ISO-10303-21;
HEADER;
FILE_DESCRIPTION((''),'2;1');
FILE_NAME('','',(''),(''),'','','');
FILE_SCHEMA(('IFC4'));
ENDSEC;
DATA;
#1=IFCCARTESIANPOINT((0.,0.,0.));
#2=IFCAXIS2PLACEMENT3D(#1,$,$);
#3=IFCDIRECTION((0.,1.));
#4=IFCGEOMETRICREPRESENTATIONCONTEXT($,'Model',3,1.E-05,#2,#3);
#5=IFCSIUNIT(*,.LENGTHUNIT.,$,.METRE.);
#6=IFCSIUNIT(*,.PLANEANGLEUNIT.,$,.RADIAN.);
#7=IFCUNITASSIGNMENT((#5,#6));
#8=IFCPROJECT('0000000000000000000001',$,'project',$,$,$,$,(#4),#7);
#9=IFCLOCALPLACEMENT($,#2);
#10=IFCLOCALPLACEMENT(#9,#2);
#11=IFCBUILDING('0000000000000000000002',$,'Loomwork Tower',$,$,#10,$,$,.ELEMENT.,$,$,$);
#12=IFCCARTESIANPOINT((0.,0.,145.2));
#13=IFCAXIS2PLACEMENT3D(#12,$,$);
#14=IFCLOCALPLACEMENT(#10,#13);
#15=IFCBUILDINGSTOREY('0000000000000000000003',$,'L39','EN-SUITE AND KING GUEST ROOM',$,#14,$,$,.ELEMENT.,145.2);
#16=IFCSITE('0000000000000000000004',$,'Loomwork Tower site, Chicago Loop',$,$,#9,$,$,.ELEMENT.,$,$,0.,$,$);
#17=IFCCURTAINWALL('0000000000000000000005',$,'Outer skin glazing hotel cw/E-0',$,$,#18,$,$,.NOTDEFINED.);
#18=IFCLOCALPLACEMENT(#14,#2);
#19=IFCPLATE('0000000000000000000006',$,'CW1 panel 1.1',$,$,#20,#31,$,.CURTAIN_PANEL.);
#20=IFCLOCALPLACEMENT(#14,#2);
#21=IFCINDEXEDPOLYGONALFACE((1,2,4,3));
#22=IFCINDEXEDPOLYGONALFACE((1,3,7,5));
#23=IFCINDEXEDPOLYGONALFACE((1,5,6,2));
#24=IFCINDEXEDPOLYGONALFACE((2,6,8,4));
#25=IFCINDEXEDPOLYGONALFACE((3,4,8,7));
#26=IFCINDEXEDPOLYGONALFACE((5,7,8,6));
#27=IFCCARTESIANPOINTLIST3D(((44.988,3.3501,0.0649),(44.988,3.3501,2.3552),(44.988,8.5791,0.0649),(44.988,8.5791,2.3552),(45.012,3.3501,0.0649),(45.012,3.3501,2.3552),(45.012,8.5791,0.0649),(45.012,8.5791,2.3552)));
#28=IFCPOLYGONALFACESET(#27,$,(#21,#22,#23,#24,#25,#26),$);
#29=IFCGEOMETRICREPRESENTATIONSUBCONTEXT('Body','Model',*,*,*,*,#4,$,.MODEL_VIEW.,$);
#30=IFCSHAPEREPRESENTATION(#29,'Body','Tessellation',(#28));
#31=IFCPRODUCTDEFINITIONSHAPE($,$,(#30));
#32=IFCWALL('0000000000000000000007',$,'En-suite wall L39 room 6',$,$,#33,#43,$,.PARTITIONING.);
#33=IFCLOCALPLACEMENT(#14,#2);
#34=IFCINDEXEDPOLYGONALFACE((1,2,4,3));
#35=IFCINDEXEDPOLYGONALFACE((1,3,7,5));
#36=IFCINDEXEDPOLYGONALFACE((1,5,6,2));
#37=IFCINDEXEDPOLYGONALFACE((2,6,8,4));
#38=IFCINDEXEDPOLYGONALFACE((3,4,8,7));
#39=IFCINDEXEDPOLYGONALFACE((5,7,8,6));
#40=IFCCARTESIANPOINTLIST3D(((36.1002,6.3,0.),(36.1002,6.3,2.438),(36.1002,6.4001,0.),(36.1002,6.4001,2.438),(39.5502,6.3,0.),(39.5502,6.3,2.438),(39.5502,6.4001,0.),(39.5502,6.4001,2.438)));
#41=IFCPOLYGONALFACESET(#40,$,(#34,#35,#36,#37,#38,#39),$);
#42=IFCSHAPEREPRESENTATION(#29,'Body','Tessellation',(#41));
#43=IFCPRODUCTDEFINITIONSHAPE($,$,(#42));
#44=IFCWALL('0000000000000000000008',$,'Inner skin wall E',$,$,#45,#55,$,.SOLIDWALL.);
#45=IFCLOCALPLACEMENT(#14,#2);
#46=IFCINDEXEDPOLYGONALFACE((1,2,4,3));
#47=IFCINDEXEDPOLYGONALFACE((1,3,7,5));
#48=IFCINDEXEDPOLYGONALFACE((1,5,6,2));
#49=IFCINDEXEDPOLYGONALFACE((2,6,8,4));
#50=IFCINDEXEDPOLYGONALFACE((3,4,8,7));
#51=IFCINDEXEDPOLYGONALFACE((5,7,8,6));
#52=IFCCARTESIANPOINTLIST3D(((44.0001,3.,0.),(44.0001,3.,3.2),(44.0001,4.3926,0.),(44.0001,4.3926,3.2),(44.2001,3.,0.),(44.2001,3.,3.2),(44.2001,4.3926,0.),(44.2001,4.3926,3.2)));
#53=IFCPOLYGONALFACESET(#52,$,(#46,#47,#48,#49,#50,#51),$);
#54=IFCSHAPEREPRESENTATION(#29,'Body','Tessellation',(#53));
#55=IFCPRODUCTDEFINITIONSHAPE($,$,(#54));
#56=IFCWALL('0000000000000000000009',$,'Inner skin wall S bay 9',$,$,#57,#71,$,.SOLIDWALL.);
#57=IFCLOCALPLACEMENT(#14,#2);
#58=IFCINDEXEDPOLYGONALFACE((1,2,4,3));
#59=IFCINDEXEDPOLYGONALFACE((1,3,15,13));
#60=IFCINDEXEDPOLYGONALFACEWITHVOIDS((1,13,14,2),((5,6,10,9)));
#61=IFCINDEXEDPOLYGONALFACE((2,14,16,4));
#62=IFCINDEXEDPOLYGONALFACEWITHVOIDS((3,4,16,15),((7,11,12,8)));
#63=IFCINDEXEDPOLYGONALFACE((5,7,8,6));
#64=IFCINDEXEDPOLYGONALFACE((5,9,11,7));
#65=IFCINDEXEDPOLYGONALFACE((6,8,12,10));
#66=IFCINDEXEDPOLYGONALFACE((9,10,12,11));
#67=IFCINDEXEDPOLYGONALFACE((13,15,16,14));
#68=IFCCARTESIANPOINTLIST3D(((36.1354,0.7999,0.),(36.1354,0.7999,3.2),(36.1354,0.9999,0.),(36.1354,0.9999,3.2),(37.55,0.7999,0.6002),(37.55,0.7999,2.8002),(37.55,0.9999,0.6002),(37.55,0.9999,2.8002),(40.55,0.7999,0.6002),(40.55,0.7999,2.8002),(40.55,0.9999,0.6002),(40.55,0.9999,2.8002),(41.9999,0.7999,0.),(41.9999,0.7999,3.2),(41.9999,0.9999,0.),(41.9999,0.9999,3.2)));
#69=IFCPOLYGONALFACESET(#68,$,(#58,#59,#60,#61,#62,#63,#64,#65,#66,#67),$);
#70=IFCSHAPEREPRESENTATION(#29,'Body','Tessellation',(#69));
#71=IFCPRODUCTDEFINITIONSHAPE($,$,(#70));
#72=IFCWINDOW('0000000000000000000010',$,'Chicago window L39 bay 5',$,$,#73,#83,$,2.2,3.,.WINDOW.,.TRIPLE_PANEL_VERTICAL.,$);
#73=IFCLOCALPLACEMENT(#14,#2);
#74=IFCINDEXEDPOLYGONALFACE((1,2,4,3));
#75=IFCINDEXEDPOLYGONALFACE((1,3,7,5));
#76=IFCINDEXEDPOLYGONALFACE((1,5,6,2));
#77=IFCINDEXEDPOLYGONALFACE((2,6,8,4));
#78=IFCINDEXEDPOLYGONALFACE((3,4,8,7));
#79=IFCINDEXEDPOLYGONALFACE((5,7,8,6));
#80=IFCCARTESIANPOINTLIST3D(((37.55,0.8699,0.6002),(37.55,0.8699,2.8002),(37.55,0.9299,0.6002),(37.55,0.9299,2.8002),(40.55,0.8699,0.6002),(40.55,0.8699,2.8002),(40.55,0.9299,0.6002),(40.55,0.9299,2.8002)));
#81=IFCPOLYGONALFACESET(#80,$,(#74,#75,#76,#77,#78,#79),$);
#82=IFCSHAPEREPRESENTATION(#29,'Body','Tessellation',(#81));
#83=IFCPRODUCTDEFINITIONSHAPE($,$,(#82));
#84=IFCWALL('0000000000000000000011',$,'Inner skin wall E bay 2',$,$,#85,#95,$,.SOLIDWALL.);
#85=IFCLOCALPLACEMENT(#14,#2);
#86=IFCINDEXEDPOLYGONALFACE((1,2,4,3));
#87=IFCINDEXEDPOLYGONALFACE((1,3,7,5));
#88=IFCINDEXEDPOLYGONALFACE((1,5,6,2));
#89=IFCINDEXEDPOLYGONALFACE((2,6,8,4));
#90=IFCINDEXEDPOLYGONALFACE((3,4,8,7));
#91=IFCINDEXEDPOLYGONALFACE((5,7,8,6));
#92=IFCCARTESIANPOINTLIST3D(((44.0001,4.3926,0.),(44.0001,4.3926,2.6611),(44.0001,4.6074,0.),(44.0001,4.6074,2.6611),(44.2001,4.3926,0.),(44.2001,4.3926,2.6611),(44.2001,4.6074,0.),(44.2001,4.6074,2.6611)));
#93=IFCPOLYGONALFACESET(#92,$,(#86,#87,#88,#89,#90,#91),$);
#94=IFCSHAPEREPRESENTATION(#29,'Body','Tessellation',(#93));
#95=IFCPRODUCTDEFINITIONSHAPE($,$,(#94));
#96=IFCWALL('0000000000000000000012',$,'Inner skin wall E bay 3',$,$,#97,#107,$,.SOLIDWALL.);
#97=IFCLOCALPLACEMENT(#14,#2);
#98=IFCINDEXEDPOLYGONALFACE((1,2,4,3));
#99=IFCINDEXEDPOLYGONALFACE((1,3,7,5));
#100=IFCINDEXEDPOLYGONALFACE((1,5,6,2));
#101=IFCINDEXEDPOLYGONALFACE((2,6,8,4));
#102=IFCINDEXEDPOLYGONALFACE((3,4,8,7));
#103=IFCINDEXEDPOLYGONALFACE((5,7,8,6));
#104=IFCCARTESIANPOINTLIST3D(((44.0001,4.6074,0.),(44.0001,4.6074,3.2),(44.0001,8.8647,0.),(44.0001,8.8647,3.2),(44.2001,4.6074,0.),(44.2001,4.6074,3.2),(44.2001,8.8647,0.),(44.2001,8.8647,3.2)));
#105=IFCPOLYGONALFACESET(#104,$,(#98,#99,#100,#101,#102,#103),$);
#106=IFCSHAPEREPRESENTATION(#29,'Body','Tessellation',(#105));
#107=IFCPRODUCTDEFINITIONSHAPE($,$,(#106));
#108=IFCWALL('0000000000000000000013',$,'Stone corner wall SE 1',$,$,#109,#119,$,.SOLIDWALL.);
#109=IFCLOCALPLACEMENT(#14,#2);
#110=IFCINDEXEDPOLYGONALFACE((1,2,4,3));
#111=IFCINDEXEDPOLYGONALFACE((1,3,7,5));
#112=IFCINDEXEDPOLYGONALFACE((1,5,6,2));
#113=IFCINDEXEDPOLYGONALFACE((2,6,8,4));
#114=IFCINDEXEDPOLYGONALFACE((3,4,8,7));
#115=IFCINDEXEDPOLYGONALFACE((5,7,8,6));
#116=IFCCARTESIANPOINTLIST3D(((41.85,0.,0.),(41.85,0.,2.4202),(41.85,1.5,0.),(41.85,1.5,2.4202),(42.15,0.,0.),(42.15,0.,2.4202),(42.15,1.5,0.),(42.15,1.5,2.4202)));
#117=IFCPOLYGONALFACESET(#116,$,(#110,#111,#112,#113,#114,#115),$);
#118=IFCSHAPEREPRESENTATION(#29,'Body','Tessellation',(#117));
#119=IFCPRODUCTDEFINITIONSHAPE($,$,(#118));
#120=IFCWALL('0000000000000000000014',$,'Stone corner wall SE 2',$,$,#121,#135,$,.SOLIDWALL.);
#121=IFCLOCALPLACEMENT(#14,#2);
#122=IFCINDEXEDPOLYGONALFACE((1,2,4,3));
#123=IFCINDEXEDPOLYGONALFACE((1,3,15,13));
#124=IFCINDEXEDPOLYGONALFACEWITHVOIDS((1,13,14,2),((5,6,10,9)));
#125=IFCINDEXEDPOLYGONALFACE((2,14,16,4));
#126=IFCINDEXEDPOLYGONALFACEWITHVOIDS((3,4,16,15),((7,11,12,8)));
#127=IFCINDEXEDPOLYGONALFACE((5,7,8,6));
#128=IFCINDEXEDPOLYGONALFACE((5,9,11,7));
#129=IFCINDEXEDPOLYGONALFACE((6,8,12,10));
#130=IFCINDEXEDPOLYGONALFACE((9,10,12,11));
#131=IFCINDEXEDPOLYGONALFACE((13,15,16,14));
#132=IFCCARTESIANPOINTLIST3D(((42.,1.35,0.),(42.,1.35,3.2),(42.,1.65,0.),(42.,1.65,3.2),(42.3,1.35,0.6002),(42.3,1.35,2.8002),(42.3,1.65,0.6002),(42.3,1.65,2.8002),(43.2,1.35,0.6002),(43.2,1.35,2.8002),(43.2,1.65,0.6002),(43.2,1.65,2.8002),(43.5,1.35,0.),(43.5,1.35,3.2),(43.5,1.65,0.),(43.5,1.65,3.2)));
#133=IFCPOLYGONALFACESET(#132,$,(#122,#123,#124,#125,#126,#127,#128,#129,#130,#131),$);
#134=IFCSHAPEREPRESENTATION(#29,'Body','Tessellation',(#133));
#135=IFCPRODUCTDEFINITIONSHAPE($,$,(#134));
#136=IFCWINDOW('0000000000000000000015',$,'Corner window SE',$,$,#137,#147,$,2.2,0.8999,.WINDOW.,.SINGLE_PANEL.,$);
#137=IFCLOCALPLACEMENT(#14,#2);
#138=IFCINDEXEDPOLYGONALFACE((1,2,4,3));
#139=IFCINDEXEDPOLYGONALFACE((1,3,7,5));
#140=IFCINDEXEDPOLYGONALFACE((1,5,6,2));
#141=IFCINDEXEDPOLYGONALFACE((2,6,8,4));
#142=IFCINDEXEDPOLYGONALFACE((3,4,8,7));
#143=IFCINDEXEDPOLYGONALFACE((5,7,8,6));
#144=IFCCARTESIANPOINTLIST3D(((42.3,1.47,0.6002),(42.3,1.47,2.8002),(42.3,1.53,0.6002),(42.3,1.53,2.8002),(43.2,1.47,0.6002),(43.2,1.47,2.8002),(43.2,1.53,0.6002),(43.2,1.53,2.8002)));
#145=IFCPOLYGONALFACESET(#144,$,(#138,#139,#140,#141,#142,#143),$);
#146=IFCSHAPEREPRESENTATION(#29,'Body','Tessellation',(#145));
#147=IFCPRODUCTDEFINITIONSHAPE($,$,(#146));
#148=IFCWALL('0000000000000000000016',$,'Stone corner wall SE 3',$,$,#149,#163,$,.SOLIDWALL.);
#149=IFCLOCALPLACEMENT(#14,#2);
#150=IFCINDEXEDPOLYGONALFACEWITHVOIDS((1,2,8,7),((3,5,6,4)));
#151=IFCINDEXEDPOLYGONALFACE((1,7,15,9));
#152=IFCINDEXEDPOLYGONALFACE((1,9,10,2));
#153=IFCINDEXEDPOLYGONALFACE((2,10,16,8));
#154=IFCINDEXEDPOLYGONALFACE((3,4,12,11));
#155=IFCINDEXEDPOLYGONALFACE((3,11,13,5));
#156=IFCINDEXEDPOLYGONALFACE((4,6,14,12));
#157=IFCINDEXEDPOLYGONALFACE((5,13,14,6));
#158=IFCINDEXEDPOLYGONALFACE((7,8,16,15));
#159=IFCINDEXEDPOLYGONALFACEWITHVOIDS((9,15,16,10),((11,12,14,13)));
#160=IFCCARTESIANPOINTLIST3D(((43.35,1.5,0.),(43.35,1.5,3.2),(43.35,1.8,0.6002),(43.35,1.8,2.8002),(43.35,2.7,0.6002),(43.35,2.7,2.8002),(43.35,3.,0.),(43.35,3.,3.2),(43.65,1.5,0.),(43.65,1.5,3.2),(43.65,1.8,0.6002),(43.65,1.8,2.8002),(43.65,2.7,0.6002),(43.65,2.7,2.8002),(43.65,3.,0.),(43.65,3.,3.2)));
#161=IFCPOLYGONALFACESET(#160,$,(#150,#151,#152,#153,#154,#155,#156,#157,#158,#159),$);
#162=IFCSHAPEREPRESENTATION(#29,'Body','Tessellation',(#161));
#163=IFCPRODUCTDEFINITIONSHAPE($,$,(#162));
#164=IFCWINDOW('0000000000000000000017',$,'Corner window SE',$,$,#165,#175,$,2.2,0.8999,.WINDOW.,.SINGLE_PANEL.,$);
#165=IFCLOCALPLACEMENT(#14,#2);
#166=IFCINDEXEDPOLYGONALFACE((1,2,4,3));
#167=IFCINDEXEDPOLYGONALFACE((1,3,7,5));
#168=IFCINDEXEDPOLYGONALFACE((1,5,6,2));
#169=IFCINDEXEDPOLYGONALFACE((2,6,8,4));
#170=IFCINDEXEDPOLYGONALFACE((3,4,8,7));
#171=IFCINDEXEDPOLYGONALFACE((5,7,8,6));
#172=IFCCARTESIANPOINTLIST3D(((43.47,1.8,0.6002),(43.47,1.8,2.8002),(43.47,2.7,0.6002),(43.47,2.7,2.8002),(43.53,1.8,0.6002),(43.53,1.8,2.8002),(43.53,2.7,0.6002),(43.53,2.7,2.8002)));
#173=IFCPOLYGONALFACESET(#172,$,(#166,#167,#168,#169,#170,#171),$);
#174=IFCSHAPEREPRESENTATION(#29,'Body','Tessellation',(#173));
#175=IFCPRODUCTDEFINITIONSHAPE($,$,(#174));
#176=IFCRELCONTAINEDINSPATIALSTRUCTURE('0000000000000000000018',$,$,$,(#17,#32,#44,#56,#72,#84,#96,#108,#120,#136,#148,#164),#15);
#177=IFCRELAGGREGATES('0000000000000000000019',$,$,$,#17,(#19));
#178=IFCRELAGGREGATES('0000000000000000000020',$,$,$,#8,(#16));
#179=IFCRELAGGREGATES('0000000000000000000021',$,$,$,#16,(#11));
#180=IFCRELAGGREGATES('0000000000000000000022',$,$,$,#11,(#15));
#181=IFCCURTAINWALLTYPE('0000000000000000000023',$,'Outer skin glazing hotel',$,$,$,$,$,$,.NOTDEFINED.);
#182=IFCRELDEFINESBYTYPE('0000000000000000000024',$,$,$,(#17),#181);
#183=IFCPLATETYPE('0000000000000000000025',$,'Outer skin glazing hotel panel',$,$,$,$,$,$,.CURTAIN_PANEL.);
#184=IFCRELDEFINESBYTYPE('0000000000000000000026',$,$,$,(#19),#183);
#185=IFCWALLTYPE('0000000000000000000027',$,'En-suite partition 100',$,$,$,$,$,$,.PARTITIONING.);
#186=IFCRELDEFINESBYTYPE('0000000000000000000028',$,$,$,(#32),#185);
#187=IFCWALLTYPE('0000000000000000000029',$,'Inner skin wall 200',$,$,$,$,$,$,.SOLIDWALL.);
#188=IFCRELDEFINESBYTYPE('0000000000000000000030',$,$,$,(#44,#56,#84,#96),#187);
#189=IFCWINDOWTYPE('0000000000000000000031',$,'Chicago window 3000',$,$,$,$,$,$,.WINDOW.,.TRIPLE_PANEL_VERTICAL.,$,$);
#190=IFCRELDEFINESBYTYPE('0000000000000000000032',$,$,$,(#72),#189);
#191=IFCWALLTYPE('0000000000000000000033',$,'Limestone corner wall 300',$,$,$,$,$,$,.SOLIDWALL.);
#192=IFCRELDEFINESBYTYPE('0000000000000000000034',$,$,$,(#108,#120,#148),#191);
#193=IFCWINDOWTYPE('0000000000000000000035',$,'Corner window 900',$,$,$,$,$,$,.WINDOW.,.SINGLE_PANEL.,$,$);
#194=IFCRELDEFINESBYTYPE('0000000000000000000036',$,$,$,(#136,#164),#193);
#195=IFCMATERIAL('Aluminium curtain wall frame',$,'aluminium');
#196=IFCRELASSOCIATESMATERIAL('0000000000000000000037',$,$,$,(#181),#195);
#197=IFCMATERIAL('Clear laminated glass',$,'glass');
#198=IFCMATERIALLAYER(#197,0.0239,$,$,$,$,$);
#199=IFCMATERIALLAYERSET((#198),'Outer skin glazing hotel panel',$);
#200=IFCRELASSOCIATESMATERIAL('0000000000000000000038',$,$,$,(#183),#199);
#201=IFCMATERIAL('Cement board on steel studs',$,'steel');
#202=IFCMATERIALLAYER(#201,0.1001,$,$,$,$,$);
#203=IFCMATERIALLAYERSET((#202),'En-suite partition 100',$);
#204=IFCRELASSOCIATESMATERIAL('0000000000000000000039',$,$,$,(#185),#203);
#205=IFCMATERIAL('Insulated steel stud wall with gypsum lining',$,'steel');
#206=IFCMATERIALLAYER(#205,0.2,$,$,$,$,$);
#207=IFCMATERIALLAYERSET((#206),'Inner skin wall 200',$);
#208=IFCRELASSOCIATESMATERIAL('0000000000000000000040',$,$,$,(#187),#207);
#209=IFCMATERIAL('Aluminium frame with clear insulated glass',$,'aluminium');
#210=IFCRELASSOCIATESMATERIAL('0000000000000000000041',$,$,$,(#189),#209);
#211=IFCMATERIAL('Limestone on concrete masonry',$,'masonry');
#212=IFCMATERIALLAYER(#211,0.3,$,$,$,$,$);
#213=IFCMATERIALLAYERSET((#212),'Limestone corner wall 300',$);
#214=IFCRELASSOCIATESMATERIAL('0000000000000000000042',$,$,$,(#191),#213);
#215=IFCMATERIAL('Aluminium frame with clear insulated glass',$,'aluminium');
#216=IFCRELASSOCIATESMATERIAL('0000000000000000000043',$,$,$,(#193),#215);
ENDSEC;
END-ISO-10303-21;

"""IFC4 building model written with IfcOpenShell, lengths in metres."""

from ifc_helpers import new_model, si_unit, direction, frame, frame_2d, origin, origin_2d, place, context, subcontext, project, spatial, rectangle, extrude, material, layer, layer_set, type_object, element, fill, aggregate, save


model = new_model("IFC4")

# Units and contexts
model_context = context("Model", 3, precision=1e-05, world=origin(), true_north=direction((0.0, 1.0)))
body_context = subcontext(model_context, "Body", "Model", "MODEL_VIEW")
ifc_project = project(units=[si_unit("LENGTHUNIT", "METRE"), si_unit("PLANEANGLEUNIT", "RADIAN")], contexts=[model_context])

# Site, building, storey
site_placement = place(None, origin())
site = spatial("IfcSite", under=ifc_project, at=site_placement, Name="Loomwork Tower site, Chicago Loop", CompositionType="ELEMENT", RefElevation=0.0)
building_placement = place(site_placement, origin())
building = spatial("IfcBuilding", under=site, at=building_placement, Name="Loomwork Tower", CompositionType="ELEMENT")
storey_placement = place(building_placement, frame((0.0, 0.0, 145.2)))
storey = spatial("IfcBuildingStorey", under=building, at=storey_placement, Name="L39", Description="EN-SUITE AND KING GUEST ROOM", CompositionType="ELEMENT", Elevation=145.2)

# Curtain wall
ifc_material_1 = material(Name="Aluminium curtain wall frame", Category="aluminium")
curtain_wall_type = type_object("IfcCurtainWallType", Name="Outer skin glazing hotel", PredefinedType="NOTDEFINED", material=ifc_material_1)
curtain_wall_1_placement = place(storey_placement, origin())
curtain_wall_1 = element("IfcCurtainWall", 1, at=curtain_wall_1_placement, inside=storey, type_object=curtain_wall_type, Name="Outer skin glazing hotel cw/E-0", PredefinedType="NOTDEFINED")

# Plate
ifc_material_2 = material(Name="Clear laminated glass", Category="glass")
ifc_layer_1 = layer(ifc_material_2, 0.0239)
ifc_layer_set_1 = layer_set([ifc_layer_1], Name="Outer skin glazing hotel panel")
plate_type = type_object("IfcPlateType", Name="Outer skin glazing hotel panel", PredefinedType="CURTAIN_PANEL", material=ifc_layer_set_1)
plate_1_placement = place(storey_placement, frame((45.0, 5.9646, 0.0649), z_axis=(0.0, 0.0, 1.0), x_axis=(0.0, 1.0, 0.0)))
plate_1 = element("IfcPlate", 2, at=plate_1_placement, type_object=plate_type, Name="CW1 panel 1.1", PredefinedType="CURTAIN_PANEL", context=body_context, shape_type="SweptSolid", body=[
    extrude(rectangle(XDim=5.229, YDim=0.0239, at=origin_2d()), origin(), (0.0, 0.0, 1.0), 2.2903),
])
aggregate(curtain_wall_1, [plate_1])

# Walls
ifc_material_3 = material(Name="Cement board on steel studs", Category="steel")
ifc_layer_2 = layer(ifc_material_3, 0.1001)
ifc_layer_set_2 = layer_set([ifc_layer_2], Name="En-suite partition 100")
wall_type_1 = type_object("IfcWallType", Name="En-suite partition 100", PredefinedType="PARTITIONING", material=ifc_layer_set_2)
wall_1_placement = place(storey_placement, frame((36.1001, 6.3501, 0.0), z_axis=(0.0, 0.0, 1.0), x_axis=(1.0, 0.0, 0.0)))
element("IfcWall", 3, at=wall_1_placement, inside=storey, type_object=wall_type_1, Name="En-suite wall L39 room 6", PredefinedType="PARTITIONING", context=body_context, shape_type="SweptSolid", body=[
    extrude(rectangle(XDim=3.45, YDim=0.1001, at=frame_2d((1.7251, 0.0))), origin(), (0.0, 0.0, 1.0), 2.438),
])
ifc_material_4 = material(Name="Insulated steel stud wall with gypsum lining", Category="steel")
ifc_layer_3 = layer(ifc_material_4, 0.2)
ifc_layer_set_3 = layer_set([ifc_layer_3], Name="Inner skin wall 200")
wall_type_2 = type_object("IfcWallType", Name="Inner skin wall 200", PredefinedType="SOLIDWALL", material=ifc_layer_set_3)
wall_2_placement = place(storey_placement, frame((44.1001, 3.0, 0.0), z_axis=(0.0, 0.0, 1.0), x_axis=(0.0, 1.0, 0.0)))
element("IfcWall", 4, at=wall_2_placement, inside=storey, type_object=wall_type_2, Name="Inner skin wall E", PredefinedType="SOLIDWALL", context=body_context, shape_type="SweptSolid", body=[
    extrude(rectangle(XDim=1.3926, YDim=0.2, at=frame_2d((0.6963, 0.0))), origin(), (0.0, 0.0, 1.0), 3.2),
])

# Wall, opening, window
wall_3_placement = place(storey_placement, frame((36.1355, 0.8999, 0.0), z_axis=(0.0, 0.0, 1.0), x_axis=(1.0, 0.0, 0.0)))
wall_3 = element("IfcWall", 5, at=wall_3_placement, inside=storey, type_object=wall_type_2, Name="Inner skin wall S bay 9", PredefinedType="SOLIDWALL", context=body_context, shape_type="SweptSolid", body=[
    extrude(rectangle(XDim=5.8645, YDim=0.2, at=frame_2d((2.9321, 0.0))), origin(), (0.0, 0.0, 1.0), 3.2),
])
opening_1_placement = place(wall_3_placement, frame((1.4146, 0.0, 0.6001)))
opening_1 = element("IfcOpeningElement", 6, at=opening_1_placement, cuts=wall_3, PredefinedType="OPENING", context=body_context, shape_type="SweptSolid", body=[
    extrude(rectangle(XDim=3.0, YDim=2.2, at=frame_2d((1.5, 1.1001))), frame((0.0, 0.1099, 0.0), z_axis=(0.0, -1.0, 0.0), x_axis=(1.0, 0.0, 0.0)), (0.0, 0.0, 1.0), 0.22),
])
ifc_material_5 = material(Name="Aluminium frame with clear insulated glass", Category="aluminium")
window_type_1 = type_object("IfcWindowType", Name="Chicago window 3000", PartitioningType="TRIPLE_PANEL_VERTICAL", PredefinedType="WINDOW", material=ifc_material_5)
window_1_placement = place(opening_1_placement, origin())
window_1 = element("IfcWindow", 7, at=window_1_placement, inside=storey, type_object=window_type_1, Name="Chicago window L39 bay 5", OverallHeight=2.2, OverallWidth=3.0, PartitioningType="TRIPLE_PANEL_VERTICAL", PredefinedType="WINDOW", context=body_context, shape_type="SweptSolid", body=[
    extrude(rectangle(XDim=3.0, YDim=2.2, at=frame_2d((1.5, 1.1001))), frame((0.0, 0.03, 0.0), z_axis=(0.0, -1.0, 0.0), x_axis=(1.0, 0.0, 0.0)), (0.0, 0.0, 1.0), 0.0601),
])
fill(opening_1, window_1)

# Walls
wall_4_placement = place(storey_placement, frame((44.1001, 4.3926, 0.0), z_axis=(0.0, 0.0, 1.0), x_axis=(0.0, 1.0, 0.0)))
element("IfcWall", 8, at=wall_4_placement, inside=storey, type_object=wall_type_2, Name="Inner skin wall E bay 2", PredefinedType="SOLIDWALL", context=body_context, shape_type="SweptSolid", body=[
    extrude(rectangle(XDim=0.2148, YDim=0.2, at=frame_2d((0.1074, 0.0))), origin(), (0.0, 0.0, 1.0), 2.6611),
])
wall_5_placement = place(storey_placement, frame((44.1001, 4.6074, 0.0), z_axis=(0.0, 0.0, 1.0), x_axis=(0.0, 1.0, 0.0)))
element("IfcWall", 9, at=wall_5_placement, inside=storey, type_object=wall_type_2, Name="Inner skin wall E bay 3", PredefinedType="SOLIDWALL", context=body_context, shape_type="SweptSolid", body=[
    extrude(rectangle(XDim=4.2573, YDim=0.2, at=frame_2d((2.1287, 0.0))), origin(), (0.0, 0.0, 1.0), 3.2),
])
ifc_material_6 = material(Name="Limestone on concrete masonry", Category="masonry")
ifc_layer_4 = layer(ifc_material_6, 0.3)
ifc_layer_set_4 = layer_set([ifc_layer_4], Name="Limestone corner wall 300")
wall_type_3 = type_object("IfcWallType", Name="Limestone corner wall 300", PredefinedType="SOLIDWALL", material=ifc_layer_set_4)
wall_6_placement = place(storey_placement, frame((42.0, 0.0, 0.0), z_axis=(0.0, 0.0, 1.0), x_axis=(0.0, 1.0, 0.0)))
element("IfcWall", 10, at=wall_6_placement, inside=storey, type_object=wall_type_3, Name="Stone corner wall SE 1", PredefinedType="SOLIDWALL", context=body_context, shape_type="SweptSolid", body=[
    extrude(rectangle(XDim=1.5, YDim=0.3, at=frame_2d((0.75, 0.0))), origin(), (0.0, 0.0, 1.0), 2.4202),
])

# Walls, openings, windows
wall_7_placement = place(storey_placement, frame((42.0, 1.5, 0.0), z_axis=(0.0, 0.0, 1.0), x_axis=(1.0, 0.0, 0.0)))
wall_7 = element("IfcWall", 11, at=wall_7_placement, inside=storey, type_object=wall_type_3, Name="Stone corner wall SE 2", PredefinedType="SOLIDWALL", context=body_context, shape_type="SweptSolid", body=[
    extrude(rectangle(XDim=1.5, YDim=0.3, at=frame_2d((0.75, 0.0))), origin(), (0.0, 0.0, 1.0), 3.2),
])
opening_2_placement = place(wall_7_placement, frame((0.3, 0.0, 0.6001)))
opening_2 = element("IfcOpeningElement", 12, at=opening_2_placement, cuts=wall_7, PredefinedType="OPENING", context=body_context, shape_type="SweptSolid", body=[
    extrude(rectangle(XDim=0.8999, YDim=2.2, at=frame_2d((0.45, 1.1001))), frame((0.0, 0.1599, 0.0), z_axis=(0.0, -1.0, 0.0), x_axis=(1.0, 0.0, 0.0)), (0.0, 0.0, 1.0), 0.3201),
])
ifc_material_7 = material(Name="Aluminium frame with clear insulated glass", Category="aluminium")
window_type_2 = type_object("IfcWindowType", Name="Corner window 900", PartitioningType="SINGLE_PANEL", PredefinedType="WINDOW", material=ifc_material_7)
window_2_placement = place(opening_2_placement, origin())
window_2 = element("IfcWindow", 13, at=window_2_placement, inside=storey, type_object=window_type_2, Name="Corner window SE", OverallHeight=2.2, OverallWidth=0.8999, PartitioningType="SINGLE_PANEL", PredefinedType="WINDOW", context=body_context, shape_type="SweptSolid", body=[
    extrude(rectangle(XDim=0.8999, YDim=2.2, at=frame_2d((0.45, 1.1001))), frame((0.0, 0.03, 0.0), z_axis=(0.0, -1.0, 0.0), x_axis=(1.0, 0.0, 0.0)), (0.0, 0.0, 1.0), 0.0601),
])
fill(opening_2, window_2)
wall_8_placement = place(storey_placement, frame((43.5, 1.5, 0.0), z_axis=(0.0, 0.0, 1.0), x_axis=(0.0, 1.0, 0.0)))
wall_8 = element("IfcWall", 14, at=wall_8_placement, inside=storey, type_object=wall_type_3, Name="Stone corner wall SE 3", PredefinedType="SOLIDWALL", context=body_context, shape_type="SweptSolid", body=[
    extrude(rectangle(XDim=1.5, YDim=0.3, at=frame_2d((0.75, 0.0))), origin(), (0.0, 0.0, 1.0), 3.2),
])
opening_3_placement = place(wall_8_placement, frame((0.3, 0.0, 0.6001)))
opening_3 = element("IfcOpeningElement", 15, at=opening_3_placement, cuts=wall_8, PredefinedType="OPENING", context=body_context, shape_type="SweptSolid", body=[
    extrude(rectangle(XDim=0.8999, YDim=2.2, at=frame_2d((0.45, 1.1001))), frame((0.0, 0.1599, 0.0), z_axis=(0.0, -1.0, 0.0), x_axis=(1.0, 0.0, 0.0)), (0.0, 0.0, 1.0), 0.3201),
])
window_3_placement = place(opening_3_placement, origin())
window_3 = element("IfcWindow", 16, at=window_3_placement, inside=storey, type_object=window_type_2, Name="Corner window SE", OverallHeight=2.2, OverallWidth=0.8999, PartitioningType="SINGLE_PANEL", PredefinedType="WINDOW", context=body_context, shape_type="SweptSolid", body=[
    extrude(rectangle(XDim=0.8999, YDim=2.2, at=frame_2d((0.45, 1.1001))), frame((0.0, 0.03, 0.0), z_axis=(0.0, -1.0, 0.0), x_axis=(1.0, 0.0, 0.0)), (0.0, 0.0, 1.0), 0.0601),
])
fill(opening_3, window_3)

save(model, "model.ifc")
